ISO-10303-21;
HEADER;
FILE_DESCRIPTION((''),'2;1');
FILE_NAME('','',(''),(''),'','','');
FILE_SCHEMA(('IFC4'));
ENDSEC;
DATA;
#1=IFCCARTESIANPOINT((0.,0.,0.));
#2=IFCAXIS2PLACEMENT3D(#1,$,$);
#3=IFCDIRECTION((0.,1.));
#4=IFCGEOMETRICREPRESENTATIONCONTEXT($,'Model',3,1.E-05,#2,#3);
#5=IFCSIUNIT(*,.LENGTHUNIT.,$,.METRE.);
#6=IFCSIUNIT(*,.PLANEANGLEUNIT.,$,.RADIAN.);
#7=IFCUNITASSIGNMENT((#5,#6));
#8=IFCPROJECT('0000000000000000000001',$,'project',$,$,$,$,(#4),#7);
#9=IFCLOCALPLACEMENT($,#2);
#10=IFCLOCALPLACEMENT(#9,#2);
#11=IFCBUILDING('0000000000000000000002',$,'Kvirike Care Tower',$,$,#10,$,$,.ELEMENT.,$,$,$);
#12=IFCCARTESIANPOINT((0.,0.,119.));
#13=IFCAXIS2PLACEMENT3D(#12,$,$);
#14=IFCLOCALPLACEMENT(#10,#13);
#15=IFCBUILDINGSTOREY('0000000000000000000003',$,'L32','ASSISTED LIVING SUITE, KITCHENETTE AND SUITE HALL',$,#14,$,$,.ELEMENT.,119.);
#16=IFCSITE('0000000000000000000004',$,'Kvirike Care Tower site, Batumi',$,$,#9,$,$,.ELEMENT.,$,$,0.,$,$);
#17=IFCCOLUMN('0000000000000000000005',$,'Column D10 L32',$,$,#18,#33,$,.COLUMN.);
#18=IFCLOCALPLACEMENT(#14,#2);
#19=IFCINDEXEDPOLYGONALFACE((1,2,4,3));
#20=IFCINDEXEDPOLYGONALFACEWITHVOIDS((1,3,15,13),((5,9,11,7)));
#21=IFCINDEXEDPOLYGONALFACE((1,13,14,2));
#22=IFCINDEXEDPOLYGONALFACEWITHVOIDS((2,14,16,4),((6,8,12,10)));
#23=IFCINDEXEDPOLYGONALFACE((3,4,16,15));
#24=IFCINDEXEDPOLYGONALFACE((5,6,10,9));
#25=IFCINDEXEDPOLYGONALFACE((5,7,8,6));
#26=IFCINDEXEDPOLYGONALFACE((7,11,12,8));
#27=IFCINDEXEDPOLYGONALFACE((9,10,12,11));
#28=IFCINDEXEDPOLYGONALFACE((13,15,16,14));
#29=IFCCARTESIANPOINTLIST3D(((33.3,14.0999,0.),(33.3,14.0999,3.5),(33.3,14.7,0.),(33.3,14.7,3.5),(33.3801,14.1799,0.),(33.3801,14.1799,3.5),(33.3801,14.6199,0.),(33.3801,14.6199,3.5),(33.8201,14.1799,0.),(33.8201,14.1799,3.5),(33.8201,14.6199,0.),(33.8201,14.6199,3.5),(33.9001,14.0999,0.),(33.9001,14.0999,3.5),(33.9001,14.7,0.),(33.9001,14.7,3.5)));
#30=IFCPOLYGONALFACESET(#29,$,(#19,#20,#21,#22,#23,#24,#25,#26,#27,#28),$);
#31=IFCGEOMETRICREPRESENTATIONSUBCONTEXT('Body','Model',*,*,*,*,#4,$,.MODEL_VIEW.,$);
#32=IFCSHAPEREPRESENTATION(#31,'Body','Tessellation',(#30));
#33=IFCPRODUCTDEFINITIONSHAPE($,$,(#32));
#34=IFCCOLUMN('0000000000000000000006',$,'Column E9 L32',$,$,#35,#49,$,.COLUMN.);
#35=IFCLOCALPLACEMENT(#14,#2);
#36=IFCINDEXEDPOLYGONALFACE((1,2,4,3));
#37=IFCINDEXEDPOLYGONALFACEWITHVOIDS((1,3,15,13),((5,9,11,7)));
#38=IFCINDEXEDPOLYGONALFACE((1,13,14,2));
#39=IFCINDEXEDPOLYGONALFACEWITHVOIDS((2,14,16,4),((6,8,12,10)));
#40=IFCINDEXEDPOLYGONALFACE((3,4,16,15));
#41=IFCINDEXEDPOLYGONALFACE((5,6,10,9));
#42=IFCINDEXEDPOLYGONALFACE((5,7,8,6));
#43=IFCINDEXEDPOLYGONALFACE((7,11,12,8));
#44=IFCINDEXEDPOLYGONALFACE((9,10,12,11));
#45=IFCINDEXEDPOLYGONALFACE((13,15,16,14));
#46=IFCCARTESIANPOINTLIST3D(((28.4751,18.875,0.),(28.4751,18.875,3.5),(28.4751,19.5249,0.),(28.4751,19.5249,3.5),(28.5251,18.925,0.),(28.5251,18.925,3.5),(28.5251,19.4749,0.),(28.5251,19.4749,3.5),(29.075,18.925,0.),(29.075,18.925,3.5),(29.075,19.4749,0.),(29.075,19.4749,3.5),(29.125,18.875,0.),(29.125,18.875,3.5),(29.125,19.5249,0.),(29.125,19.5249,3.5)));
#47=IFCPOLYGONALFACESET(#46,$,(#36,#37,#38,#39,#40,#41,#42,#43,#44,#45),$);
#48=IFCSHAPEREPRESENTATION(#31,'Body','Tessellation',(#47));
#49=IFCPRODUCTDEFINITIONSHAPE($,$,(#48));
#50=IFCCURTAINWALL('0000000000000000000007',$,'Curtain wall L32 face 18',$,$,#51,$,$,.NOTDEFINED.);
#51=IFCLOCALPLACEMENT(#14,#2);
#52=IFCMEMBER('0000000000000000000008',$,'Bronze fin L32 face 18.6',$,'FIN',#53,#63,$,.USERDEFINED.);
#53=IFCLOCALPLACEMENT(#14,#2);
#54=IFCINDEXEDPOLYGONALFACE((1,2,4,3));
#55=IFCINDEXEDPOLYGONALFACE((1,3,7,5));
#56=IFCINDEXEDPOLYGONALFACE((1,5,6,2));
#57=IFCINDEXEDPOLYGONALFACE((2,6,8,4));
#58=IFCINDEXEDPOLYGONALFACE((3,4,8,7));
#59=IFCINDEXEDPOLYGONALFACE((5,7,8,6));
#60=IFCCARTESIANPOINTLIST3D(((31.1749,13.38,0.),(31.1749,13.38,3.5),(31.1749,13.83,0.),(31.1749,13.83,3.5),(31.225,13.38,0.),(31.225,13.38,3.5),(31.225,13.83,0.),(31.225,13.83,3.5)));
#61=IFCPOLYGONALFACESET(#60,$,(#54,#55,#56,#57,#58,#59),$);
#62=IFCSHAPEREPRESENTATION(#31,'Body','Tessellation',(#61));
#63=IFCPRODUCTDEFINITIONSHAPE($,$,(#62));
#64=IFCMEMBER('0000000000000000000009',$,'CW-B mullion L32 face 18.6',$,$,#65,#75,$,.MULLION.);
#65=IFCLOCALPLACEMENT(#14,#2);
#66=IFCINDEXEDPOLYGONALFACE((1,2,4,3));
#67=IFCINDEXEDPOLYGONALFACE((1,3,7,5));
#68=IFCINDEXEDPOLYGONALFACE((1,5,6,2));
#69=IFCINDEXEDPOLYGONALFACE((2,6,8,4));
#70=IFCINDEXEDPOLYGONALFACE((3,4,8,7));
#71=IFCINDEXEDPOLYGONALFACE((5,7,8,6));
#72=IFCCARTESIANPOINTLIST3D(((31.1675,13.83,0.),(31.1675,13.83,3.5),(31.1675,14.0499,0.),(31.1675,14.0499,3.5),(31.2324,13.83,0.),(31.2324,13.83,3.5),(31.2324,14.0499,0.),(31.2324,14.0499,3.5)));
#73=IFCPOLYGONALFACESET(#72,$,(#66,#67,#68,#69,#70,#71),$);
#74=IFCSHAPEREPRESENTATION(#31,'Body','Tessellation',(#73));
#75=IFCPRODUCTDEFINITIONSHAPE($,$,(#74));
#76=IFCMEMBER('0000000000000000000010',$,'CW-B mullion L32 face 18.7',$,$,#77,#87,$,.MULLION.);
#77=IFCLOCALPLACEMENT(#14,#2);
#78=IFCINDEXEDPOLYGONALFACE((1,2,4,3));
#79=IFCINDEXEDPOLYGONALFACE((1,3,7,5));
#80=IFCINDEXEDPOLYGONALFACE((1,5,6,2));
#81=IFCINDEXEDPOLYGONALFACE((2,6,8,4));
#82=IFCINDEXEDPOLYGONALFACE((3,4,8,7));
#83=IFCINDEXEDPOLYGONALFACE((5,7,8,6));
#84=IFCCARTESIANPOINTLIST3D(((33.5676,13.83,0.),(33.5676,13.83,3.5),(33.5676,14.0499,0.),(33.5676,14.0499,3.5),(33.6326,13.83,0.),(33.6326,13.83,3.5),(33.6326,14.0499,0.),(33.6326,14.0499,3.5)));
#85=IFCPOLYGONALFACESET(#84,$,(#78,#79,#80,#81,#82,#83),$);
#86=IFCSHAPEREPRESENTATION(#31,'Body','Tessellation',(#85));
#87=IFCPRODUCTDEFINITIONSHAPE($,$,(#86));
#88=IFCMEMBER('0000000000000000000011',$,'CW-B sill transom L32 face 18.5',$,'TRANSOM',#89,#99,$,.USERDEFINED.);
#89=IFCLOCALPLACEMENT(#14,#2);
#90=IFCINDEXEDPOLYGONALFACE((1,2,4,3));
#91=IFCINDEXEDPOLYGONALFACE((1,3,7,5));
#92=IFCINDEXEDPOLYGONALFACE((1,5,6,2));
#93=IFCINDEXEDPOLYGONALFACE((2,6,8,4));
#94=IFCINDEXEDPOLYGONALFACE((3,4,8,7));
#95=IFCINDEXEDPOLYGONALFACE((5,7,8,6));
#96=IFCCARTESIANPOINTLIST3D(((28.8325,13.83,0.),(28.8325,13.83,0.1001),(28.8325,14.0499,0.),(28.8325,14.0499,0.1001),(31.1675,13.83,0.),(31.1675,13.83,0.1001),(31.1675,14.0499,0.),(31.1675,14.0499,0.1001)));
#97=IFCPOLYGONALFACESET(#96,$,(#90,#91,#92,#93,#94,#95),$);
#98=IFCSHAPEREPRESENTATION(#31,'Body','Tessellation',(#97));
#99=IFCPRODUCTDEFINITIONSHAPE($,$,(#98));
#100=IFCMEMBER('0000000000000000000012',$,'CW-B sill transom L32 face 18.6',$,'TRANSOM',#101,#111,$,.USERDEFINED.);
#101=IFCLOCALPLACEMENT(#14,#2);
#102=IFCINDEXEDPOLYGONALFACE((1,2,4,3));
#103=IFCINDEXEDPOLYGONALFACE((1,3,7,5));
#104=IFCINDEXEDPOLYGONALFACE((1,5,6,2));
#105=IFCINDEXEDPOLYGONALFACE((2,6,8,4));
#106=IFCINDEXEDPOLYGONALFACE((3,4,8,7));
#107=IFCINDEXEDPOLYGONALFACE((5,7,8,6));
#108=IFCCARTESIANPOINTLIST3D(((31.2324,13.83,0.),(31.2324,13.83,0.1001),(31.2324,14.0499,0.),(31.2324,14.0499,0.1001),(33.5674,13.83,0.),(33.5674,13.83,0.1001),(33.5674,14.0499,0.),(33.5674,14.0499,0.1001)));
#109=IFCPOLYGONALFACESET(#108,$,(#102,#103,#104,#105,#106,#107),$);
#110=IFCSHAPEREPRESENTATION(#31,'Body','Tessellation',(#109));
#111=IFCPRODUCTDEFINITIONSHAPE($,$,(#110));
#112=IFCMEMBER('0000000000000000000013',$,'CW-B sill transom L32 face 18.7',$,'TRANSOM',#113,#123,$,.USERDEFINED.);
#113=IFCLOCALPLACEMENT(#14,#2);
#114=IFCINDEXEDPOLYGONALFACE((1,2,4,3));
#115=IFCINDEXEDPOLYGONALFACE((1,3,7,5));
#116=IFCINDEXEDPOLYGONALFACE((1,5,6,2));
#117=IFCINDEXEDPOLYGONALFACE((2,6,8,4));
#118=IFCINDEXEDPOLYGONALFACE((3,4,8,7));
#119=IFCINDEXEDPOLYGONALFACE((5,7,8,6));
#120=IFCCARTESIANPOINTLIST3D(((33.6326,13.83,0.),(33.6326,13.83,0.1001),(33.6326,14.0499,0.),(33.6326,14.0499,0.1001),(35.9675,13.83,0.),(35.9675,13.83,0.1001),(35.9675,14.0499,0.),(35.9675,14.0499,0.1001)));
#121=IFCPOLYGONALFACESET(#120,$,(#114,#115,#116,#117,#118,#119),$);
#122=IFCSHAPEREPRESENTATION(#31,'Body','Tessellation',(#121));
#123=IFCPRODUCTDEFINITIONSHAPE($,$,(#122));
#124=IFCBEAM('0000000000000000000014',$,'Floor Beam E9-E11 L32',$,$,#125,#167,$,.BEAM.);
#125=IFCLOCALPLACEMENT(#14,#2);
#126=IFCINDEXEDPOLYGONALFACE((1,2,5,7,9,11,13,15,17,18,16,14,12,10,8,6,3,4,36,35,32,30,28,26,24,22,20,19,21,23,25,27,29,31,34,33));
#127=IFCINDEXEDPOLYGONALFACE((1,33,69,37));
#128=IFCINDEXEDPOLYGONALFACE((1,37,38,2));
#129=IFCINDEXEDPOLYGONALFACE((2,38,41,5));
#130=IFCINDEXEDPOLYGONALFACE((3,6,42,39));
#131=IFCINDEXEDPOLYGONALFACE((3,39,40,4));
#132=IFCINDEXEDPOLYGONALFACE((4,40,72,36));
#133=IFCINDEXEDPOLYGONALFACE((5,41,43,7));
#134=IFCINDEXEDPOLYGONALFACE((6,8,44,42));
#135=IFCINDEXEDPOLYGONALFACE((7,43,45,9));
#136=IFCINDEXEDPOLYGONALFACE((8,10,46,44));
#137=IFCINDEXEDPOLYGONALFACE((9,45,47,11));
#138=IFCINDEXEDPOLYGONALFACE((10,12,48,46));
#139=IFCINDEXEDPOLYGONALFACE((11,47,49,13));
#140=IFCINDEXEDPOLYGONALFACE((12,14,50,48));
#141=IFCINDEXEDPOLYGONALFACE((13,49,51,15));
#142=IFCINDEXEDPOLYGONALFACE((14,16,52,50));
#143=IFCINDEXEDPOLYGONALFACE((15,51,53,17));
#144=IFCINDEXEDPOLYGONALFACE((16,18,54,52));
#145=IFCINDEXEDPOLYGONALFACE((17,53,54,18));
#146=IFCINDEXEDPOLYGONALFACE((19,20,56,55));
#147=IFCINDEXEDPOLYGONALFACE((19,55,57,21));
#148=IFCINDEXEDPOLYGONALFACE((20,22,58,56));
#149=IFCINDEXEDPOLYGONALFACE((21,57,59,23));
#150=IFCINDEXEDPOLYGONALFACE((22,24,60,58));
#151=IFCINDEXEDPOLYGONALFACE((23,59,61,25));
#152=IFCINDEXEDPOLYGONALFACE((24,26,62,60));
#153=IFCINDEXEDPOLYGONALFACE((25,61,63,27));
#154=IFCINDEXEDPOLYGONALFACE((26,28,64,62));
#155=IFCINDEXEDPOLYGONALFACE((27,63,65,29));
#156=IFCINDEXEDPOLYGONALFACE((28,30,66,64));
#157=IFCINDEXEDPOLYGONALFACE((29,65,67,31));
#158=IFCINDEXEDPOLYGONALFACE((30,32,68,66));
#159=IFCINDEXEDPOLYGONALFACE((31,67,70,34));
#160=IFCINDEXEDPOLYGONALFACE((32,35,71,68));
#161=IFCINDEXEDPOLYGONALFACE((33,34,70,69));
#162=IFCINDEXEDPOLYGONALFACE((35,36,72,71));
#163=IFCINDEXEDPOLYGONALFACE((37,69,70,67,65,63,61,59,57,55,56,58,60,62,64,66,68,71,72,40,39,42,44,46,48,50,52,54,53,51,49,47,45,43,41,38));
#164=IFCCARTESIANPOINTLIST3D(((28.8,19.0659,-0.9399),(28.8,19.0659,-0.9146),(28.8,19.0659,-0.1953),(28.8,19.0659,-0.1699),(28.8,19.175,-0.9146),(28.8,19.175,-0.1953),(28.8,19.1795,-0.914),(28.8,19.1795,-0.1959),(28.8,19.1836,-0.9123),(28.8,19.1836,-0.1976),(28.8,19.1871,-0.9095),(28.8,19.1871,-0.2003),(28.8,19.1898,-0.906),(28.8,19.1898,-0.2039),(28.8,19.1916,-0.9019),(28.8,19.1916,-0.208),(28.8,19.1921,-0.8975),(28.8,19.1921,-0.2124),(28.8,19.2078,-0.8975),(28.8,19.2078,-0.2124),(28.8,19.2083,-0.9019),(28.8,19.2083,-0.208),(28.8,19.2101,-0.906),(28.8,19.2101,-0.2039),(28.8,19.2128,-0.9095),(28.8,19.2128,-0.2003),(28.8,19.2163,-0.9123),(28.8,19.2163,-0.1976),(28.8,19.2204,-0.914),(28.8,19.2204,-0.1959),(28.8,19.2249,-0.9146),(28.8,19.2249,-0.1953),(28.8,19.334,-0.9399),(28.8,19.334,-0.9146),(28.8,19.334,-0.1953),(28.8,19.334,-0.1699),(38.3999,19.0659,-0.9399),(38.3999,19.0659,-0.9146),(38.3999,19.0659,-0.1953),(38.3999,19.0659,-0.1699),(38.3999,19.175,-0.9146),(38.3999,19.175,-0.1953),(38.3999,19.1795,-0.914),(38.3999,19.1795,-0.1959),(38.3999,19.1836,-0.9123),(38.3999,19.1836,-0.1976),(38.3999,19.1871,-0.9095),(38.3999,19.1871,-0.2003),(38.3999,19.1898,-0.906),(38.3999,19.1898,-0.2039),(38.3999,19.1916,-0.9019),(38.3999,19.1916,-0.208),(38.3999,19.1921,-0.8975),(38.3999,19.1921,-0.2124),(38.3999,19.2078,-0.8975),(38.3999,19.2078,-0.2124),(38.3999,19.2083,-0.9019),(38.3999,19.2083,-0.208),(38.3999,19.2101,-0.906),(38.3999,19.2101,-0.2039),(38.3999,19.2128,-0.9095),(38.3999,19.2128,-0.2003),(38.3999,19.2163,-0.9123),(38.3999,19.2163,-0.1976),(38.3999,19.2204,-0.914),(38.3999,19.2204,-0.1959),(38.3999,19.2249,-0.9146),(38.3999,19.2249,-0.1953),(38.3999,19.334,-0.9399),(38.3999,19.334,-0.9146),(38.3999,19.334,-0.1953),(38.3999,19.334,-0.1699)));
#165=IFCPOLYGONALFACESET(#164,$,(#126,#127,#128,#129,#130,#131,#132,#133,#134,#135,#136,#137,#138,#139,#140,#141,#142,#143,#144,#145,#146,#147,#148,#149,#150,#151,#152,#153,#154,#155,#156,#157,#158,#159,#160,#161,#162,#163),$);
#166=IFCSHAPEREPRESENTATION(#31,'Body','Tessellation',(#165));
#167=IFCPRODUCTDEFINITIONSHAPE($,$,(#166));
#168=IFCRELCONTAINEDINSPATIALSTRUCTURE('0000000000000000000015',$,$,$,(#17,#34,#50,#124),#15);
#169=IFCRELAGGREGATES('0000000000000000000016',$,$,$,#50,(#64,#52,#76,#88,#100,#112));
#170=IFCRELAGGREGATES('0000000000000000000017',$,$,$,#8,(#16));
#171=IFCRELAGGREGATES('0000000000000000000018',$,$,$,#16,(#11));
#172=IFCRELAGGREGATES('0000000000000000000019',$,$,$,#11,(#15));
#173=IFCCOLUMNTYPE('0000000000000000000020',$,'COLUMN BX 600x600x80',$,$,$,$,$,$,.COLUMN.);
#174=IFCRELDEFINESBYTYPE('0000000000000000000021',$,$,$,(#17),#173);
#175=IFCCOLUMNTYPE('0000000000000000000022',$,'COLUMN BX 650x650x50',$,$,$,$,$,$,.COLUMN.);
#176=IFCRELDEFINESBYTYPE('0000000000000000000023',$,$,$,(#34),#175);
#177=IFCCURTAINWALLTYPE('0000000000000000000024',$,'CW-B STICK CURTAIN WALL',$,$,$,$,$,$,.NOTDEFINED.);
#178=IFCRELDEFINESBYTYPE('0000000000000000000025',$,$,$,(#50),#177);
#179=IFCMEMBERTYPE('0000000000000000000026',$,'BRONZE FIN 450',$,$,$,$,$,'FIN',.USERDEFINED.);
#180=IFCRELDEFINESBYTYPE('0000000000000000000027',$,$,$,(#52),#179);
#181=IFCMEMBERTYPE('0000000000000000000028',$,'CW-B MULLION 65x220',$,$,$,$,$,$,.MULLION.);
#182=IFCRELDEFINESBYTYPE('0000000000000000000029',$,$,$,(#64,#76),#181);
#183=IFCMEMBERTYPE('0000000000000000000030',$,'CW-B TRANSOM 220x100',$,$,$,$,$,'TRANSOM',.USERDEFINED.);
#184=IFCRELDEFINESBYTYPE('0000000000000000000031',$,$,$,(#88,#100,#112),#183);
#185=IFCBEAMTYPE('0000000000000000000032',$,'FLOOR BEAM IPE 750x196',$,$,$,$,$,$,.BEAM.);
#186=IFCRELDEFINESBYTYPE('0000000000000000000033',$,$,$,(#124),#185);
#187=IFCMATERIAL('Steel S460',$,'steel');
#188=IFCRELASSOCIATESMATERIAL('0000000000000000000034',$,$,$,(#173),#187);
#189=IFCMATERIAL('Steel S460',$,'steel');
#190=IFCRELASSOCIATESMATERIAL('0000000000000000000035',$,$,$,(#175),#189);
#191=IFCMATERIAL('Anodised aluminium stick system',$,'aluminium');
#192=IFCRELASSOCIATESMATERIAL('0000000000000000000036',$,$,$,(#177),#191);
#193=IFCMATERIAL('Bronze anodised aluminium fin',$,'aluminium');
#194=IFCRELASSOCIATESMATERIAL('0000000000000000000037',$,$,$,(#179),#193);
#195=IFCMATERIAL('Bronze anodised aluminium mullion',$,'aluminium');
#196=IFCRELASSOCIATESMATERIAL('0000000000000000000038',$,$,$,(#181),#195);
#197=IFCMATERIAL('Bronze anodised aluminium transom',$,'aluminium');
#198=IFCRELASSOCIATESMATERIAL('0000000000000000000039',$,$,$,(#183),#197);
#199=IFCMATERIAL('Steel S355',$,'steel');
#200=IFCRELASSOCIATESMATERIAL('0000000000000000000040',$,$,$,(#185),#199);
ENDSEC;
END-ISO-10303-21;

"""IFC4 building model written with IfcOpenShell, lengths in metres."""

from ifc_helpers import new_model, si_unit, direction, frame, origin, origin_2d, place, context, subcontext, project, spatial, rectangle, hollow_rectangle, i_section, extrude, material, material_profile, profile_set, type_object, element, aggregate, save


model = new_model("IFC4")

# Units and contexts
model_context = context("Model", 3, precision=1e-05, world=origin(), true_north=direction((0.0, 1.0)))
body_context = subcontext(model_context, "Body", "Model", "MODEL_VIEW")
ifc_project = project(units=[si_unit("LENGTHUNIT", "METRE"), si_unit("PLANEANGLEUNIT", "RADIAN")], contexts=[model_context])

# Site, building, storey
site_placement = place(None, origin())
site = spatial("IfcSite", under=ifc_project, at=site_placement, Name="Kvirike Care Tower site, Batumi", CompositionType="ELEMENT", RefElevation=0.0)
building_placement = place(site_placement, origin())
building = spatial("IfcBuilding", under=site, at=building_placement, Name="Kvirike Care Tower", CompositionType="ELEMENT")
storey_placement = place(building_placement, frame((0.0, 0.0, 119.0)))
storey = spatial("IfcBuildingStorey", under=building, at=storey_placement, Name="L32", Description="ASSISTED LIVING SUITE, KITCHENETTE AND SUITE HALL", CompositionType="ELEMENT", Elevation=119.0)

# Columns
ifc_material_1 = material(Name="Steel S460", Category="steel")
ifc_material_profile_1 = material_profile(ifc_material_1, hollow_rectangle(XDim=0.6001, YDim=0.6001, WallThickness=0.0801, at=origin_2d()), Name="BX 600x600x80")
ifc_profile_set_1 = profile_set([ifc_material_profile_1], Name="Steel S460")
column_type_1 = type_object("IfcColumnType", Name="COLUMN BX 600x600x80", PredefinedType="COLUMN", material=ifc_profile_set_1)
column_1_placement = place(storey_placement, frame((33.6001, 14.3999, 0.0), z_axis=(0.0, 0.0, 1.0), x_axis=(0.0, 1.0, 0.0)))
element("IfcColumn", 1, at=column_1_placement, inside=storey, type_object=column_type_1, Name="Column D10 L32", PredefinedType="COLUMN", context=body_context, shape_type="SweptSolid", body=[
    extrude(hollow_rectangle(XDim=0.6001, YDim=0.6001, WallThickness=0.0801, at=origin_2d()), origin(), (0.0, 0.0, 1.0), 3.5),
])
ifc_material_2 = material(Name="Steel S460", Category="steel")
ifc_material_profile_2 = material_profile(ifc_material_2, hollow_rectangle(XDim=0.6499, YDim=0.6499, WallThickness=0.05, at=origin_2d()), Name="BX 650x650x50")
ifc_profile_set_2 = profile_set([ifc_material_profile_2], Name="Steel S460")
column_type_2 = type_object("IfcColumnType", Name="COLUMN BX 650x650x50", PredefinedType="COLUMN", material=ifc_profile_set_2)
column_2_placement = place(storey_placement, frame((28.8, 19.2, 0.0), z_axis=(0.0, 0.0, 1.0), x_axis=(1.0, 0.0, 0.0)))
element("IfcColumn", 2, at=column_2_placement, inside=storey, type_object=column_type_2, Name="Column E9 L32", PredefinedType="COLUMN", context=body_context, shape_type="SweptSolid", body=[
    extrude(hollow_rectangle(XDim=0.6499, YDim=0.6499, WallThickness=0.05, at=origin_2d()), origin(), (0.0, 0.0, 1.0), 3.5),
])

# Curtain wall, members
ifc_material_3 = material(Name="Anodised aluminium stick system", Category="aluminium")
curtain_wall_type = type_object("IfcCurtainWallType", Name="CW-B STICK CURTAIN WALL", PredefinedType="NOTDEFINED", material=ifc_material_3)
curtain_wall_placement = place(storey_placement, origin())
curtain_wall = element("IfcCurtainWall", 3, at=curtain_wall_placement, inside=storey, type_object=curtain_wall_type, Name="Curtain wall L32 face 18", PredefinedType="NOTDEFINED")
ifc_material_4 = material(Name="Bronze anodised aluminium fin", Category="aluminium")
ifc_material_profile_3 = material_profile(ifc_material_4, rectangle(XDim=0.05, YDim=0.45, at=origin_2d()), Name="BRONZE FIN 450")
ifc_profile_set_3 = profile_set([ifc_material_profile_3], Name="Bronze anodised aluminium fin")
member_type_1 = type_object("IfcMemberType", Name="BRONZE FIN 450", ElementType="FIN", PredefinedType="USERDEFINED", material=ifc_profile_set_3)
member_1_placement = place(storey_placement, frame((31.2, 13.605, 0.0), z_axis=(0.0, 0.0, 1.0), x_axis=(1.0, 0.0, 0.0)))
member_1 = element("IfcMember", 4, at=member_1_placement, type_object=member_type_1, Name="Bronze fin L32 face 18.6", ObjectType="FIN", PredefinedType="USERDEFINED", context=body_context, shape_type="SweptSolid", body=[
    extrude(rectangle(XDim=0.05, YDim=0.45, at=origin_2d()), origin(), (0.0, 0.0, 1.0), 3.5),
])
ifc_material_5 = material(Name="Bronze anodised aluminium mullion", Category="aluminium")
ifc_material_profile_4 = material_profile(ifc_material_5, rectangle(XDim=0.0649, YDim=0.22, at=origin_2d()), Name="CW-B MULLION 65x220")
ifc_profile_set_4 = profile_set([ifc_material_profile_4], Name="Bronze anodised aluminium mullion")
member_type_2 = type_object("IfcMemberType", Name="CW-B MULLION 65x220", PredefinedType="MULLION", material=ifc_profile_set_4)
member_2_placement = place(storey_placement, frame((31.2, 13.9399, 0.0), z_axis=(0.0, 0.0, 1.0), x_axis=(1.0, 0.0, 0.0)))
member_2 = element("IfcMember", 5, at=member_2_placement, type_object=member_type_2, Name="CW-B mullion L32 face 18.6", PredefinedType="MULLION", context=body_context, shape_type="SweptSolid", body=[
    extrude(rectangle(XDim=0.0649, YDim=0.22, at=origin_2d()), origin(), (0.0, 0.0, 1.0), 3.5),
])
member_3_placement = place(storey_placement, frame((33.6001, 13.9399, 0.0), z_axis=(0.0, 0.0, 1.0), x_axis=(1.0, 0.0, 0.0)))
member_3 = element("IfcMember", 6, at=member_3_placement, type_object=member_type_2, Name="CW-B mullion L32 face 18.7", PredefinedType="MULLION", context=body_context, shape_type="SweptSolid", body=[
    extrude(rectangle(XDim=0.0649, YDim=0.22, at=origin_2d()), origin(), (0.0, 0.0, 1.0), 3.5),
])
ifc_material_6 = material(Name="Bronze anodised aluminium transom", Category="aluminium")
ifc_material_profile_5 = material_profile(ifc_material_6, rectangle(XDim=0.22, YDim=0.1001, at=origin_2d()), Name="CW-B TRANSOM 220x100")
ifc_profile_set_5 = profile_set([ifc_material_profile_5], Name="Bronze anodised aluminium transom")
member_type_3 = type_object("IfcMemberType", Name="CW-B TRANSOM 220x100", ElementType="TRANSOM", PredefinedType="USERDEFINED", material=ifc_profile_set_5)
member_4_placement = place(storey_placement, frame((28.8325, 13.9399, 0.05), z_axis=(1.0, 0.0, 0.0), x_axis=(0.0, 1.0, 0.0)))
member_4 = element("IfcMember", 7, at=member_4_placement, type_object=member_type_3, Name="CW-B sill transom L32 face 18.5", ObjectType="TRANSOM", PredefinedType="USERDEFINED", context=body_context, shape_type="SweptSolid", body=[
    extrude(rectangle(XDim=0.22, YDim=0.1001, at=origin_2d()), origin(), (0.0, 0.0, 1.0), 2.335),
])
member_5_placement = place(storey_placement, frame((31.2324, 13.9399, 0.05), z_axis=(1.0, 0.0, 0.0), x_axis=(0.0, 1.0, 0.0)))
member_5 = element("IfcMember", 8, at=member_5_placement, type_object=member_type_3, Name="CW-B sill transom L32 face 18.6", ObjectType="TRANSOM", PredefinedType="USERDEFINED", context=body_context, shape_type="SweptSolid", body=[
    extrude(rectangle(XDim=0.22, YDim=0.1001, at=origin_2d()), origin(), (0.0, 0.0, 1.0), 2.335),
])
member_6_placement = place(storey_placement, frame((33.6326, 13.9399, 0.05), z_axis=(1.0, 0.0, 0.0), x_axis=(0.0, 1.0, 0.0)))
member_6 = element("IfcMember", 9, at=member_6_placement, type_object=member_type_3, Name="CW-B sill transom L32 face 18.7", ObjectType="TRANSOM", PredefinedType="USERDEFINED", context=body_context, shape_type="SweptSolid", body=[
    extrude(rectangle(XDim=0.22, YDim=0.1001, at=origin_2d()), origin(), (0.0, 0.0, 1.0), 2.335),
])

# Beam
ifc_material_7 = material(Name="Steel S355", Category="steel")
ifc_material_profile_6 = material_profile(ifc_material_7, i_section(OverallWidth=0.2681, OverallDepth=0.77, WebThickness=0.0156, FlangeThickness=0.0254, FilletRadius=0.0171, at=origin_2d()), Name="IPE 750x196")
ifc_profile_set_6 = profile_set([ifc_material_profile_6], Name="Steel S355")
beam_type_1 = type_object("IfcBeamType", Name="FLOOR BEAM IPE 750x196", PredefinedType="BEAM", material=ifc_profile_set_6)
beam_1_placement = place(storey_placement, frame((28.8, 19.2, -0.5549), z_axis=(1.0, 0.0, 0.0), x_axis=(0.0, 1.0, 0.0)))
element("IfcBeam", 10, at=beam_1_placement, inside=storey, type_object=beam_type_1, Name="Floor Beam E9-E11 L32", PredefinedType="BEAM", context=body_context, shape_type="SweptSolid", body=[
    extrude(i_section(OverallWidth=0.2681, OverallDepth=0.77, WebThickness=0.0156, FlangeThickness=0.0254, FilletRadius=0.0171, at=origin_2d()), origin(), (0.0, 0.0, 1.0), 9.5999),
])

aggregate(curtain_wall, [member_2, member_1, member_3, member_4, member_5, member_6])

save(model, "model.ifc")
